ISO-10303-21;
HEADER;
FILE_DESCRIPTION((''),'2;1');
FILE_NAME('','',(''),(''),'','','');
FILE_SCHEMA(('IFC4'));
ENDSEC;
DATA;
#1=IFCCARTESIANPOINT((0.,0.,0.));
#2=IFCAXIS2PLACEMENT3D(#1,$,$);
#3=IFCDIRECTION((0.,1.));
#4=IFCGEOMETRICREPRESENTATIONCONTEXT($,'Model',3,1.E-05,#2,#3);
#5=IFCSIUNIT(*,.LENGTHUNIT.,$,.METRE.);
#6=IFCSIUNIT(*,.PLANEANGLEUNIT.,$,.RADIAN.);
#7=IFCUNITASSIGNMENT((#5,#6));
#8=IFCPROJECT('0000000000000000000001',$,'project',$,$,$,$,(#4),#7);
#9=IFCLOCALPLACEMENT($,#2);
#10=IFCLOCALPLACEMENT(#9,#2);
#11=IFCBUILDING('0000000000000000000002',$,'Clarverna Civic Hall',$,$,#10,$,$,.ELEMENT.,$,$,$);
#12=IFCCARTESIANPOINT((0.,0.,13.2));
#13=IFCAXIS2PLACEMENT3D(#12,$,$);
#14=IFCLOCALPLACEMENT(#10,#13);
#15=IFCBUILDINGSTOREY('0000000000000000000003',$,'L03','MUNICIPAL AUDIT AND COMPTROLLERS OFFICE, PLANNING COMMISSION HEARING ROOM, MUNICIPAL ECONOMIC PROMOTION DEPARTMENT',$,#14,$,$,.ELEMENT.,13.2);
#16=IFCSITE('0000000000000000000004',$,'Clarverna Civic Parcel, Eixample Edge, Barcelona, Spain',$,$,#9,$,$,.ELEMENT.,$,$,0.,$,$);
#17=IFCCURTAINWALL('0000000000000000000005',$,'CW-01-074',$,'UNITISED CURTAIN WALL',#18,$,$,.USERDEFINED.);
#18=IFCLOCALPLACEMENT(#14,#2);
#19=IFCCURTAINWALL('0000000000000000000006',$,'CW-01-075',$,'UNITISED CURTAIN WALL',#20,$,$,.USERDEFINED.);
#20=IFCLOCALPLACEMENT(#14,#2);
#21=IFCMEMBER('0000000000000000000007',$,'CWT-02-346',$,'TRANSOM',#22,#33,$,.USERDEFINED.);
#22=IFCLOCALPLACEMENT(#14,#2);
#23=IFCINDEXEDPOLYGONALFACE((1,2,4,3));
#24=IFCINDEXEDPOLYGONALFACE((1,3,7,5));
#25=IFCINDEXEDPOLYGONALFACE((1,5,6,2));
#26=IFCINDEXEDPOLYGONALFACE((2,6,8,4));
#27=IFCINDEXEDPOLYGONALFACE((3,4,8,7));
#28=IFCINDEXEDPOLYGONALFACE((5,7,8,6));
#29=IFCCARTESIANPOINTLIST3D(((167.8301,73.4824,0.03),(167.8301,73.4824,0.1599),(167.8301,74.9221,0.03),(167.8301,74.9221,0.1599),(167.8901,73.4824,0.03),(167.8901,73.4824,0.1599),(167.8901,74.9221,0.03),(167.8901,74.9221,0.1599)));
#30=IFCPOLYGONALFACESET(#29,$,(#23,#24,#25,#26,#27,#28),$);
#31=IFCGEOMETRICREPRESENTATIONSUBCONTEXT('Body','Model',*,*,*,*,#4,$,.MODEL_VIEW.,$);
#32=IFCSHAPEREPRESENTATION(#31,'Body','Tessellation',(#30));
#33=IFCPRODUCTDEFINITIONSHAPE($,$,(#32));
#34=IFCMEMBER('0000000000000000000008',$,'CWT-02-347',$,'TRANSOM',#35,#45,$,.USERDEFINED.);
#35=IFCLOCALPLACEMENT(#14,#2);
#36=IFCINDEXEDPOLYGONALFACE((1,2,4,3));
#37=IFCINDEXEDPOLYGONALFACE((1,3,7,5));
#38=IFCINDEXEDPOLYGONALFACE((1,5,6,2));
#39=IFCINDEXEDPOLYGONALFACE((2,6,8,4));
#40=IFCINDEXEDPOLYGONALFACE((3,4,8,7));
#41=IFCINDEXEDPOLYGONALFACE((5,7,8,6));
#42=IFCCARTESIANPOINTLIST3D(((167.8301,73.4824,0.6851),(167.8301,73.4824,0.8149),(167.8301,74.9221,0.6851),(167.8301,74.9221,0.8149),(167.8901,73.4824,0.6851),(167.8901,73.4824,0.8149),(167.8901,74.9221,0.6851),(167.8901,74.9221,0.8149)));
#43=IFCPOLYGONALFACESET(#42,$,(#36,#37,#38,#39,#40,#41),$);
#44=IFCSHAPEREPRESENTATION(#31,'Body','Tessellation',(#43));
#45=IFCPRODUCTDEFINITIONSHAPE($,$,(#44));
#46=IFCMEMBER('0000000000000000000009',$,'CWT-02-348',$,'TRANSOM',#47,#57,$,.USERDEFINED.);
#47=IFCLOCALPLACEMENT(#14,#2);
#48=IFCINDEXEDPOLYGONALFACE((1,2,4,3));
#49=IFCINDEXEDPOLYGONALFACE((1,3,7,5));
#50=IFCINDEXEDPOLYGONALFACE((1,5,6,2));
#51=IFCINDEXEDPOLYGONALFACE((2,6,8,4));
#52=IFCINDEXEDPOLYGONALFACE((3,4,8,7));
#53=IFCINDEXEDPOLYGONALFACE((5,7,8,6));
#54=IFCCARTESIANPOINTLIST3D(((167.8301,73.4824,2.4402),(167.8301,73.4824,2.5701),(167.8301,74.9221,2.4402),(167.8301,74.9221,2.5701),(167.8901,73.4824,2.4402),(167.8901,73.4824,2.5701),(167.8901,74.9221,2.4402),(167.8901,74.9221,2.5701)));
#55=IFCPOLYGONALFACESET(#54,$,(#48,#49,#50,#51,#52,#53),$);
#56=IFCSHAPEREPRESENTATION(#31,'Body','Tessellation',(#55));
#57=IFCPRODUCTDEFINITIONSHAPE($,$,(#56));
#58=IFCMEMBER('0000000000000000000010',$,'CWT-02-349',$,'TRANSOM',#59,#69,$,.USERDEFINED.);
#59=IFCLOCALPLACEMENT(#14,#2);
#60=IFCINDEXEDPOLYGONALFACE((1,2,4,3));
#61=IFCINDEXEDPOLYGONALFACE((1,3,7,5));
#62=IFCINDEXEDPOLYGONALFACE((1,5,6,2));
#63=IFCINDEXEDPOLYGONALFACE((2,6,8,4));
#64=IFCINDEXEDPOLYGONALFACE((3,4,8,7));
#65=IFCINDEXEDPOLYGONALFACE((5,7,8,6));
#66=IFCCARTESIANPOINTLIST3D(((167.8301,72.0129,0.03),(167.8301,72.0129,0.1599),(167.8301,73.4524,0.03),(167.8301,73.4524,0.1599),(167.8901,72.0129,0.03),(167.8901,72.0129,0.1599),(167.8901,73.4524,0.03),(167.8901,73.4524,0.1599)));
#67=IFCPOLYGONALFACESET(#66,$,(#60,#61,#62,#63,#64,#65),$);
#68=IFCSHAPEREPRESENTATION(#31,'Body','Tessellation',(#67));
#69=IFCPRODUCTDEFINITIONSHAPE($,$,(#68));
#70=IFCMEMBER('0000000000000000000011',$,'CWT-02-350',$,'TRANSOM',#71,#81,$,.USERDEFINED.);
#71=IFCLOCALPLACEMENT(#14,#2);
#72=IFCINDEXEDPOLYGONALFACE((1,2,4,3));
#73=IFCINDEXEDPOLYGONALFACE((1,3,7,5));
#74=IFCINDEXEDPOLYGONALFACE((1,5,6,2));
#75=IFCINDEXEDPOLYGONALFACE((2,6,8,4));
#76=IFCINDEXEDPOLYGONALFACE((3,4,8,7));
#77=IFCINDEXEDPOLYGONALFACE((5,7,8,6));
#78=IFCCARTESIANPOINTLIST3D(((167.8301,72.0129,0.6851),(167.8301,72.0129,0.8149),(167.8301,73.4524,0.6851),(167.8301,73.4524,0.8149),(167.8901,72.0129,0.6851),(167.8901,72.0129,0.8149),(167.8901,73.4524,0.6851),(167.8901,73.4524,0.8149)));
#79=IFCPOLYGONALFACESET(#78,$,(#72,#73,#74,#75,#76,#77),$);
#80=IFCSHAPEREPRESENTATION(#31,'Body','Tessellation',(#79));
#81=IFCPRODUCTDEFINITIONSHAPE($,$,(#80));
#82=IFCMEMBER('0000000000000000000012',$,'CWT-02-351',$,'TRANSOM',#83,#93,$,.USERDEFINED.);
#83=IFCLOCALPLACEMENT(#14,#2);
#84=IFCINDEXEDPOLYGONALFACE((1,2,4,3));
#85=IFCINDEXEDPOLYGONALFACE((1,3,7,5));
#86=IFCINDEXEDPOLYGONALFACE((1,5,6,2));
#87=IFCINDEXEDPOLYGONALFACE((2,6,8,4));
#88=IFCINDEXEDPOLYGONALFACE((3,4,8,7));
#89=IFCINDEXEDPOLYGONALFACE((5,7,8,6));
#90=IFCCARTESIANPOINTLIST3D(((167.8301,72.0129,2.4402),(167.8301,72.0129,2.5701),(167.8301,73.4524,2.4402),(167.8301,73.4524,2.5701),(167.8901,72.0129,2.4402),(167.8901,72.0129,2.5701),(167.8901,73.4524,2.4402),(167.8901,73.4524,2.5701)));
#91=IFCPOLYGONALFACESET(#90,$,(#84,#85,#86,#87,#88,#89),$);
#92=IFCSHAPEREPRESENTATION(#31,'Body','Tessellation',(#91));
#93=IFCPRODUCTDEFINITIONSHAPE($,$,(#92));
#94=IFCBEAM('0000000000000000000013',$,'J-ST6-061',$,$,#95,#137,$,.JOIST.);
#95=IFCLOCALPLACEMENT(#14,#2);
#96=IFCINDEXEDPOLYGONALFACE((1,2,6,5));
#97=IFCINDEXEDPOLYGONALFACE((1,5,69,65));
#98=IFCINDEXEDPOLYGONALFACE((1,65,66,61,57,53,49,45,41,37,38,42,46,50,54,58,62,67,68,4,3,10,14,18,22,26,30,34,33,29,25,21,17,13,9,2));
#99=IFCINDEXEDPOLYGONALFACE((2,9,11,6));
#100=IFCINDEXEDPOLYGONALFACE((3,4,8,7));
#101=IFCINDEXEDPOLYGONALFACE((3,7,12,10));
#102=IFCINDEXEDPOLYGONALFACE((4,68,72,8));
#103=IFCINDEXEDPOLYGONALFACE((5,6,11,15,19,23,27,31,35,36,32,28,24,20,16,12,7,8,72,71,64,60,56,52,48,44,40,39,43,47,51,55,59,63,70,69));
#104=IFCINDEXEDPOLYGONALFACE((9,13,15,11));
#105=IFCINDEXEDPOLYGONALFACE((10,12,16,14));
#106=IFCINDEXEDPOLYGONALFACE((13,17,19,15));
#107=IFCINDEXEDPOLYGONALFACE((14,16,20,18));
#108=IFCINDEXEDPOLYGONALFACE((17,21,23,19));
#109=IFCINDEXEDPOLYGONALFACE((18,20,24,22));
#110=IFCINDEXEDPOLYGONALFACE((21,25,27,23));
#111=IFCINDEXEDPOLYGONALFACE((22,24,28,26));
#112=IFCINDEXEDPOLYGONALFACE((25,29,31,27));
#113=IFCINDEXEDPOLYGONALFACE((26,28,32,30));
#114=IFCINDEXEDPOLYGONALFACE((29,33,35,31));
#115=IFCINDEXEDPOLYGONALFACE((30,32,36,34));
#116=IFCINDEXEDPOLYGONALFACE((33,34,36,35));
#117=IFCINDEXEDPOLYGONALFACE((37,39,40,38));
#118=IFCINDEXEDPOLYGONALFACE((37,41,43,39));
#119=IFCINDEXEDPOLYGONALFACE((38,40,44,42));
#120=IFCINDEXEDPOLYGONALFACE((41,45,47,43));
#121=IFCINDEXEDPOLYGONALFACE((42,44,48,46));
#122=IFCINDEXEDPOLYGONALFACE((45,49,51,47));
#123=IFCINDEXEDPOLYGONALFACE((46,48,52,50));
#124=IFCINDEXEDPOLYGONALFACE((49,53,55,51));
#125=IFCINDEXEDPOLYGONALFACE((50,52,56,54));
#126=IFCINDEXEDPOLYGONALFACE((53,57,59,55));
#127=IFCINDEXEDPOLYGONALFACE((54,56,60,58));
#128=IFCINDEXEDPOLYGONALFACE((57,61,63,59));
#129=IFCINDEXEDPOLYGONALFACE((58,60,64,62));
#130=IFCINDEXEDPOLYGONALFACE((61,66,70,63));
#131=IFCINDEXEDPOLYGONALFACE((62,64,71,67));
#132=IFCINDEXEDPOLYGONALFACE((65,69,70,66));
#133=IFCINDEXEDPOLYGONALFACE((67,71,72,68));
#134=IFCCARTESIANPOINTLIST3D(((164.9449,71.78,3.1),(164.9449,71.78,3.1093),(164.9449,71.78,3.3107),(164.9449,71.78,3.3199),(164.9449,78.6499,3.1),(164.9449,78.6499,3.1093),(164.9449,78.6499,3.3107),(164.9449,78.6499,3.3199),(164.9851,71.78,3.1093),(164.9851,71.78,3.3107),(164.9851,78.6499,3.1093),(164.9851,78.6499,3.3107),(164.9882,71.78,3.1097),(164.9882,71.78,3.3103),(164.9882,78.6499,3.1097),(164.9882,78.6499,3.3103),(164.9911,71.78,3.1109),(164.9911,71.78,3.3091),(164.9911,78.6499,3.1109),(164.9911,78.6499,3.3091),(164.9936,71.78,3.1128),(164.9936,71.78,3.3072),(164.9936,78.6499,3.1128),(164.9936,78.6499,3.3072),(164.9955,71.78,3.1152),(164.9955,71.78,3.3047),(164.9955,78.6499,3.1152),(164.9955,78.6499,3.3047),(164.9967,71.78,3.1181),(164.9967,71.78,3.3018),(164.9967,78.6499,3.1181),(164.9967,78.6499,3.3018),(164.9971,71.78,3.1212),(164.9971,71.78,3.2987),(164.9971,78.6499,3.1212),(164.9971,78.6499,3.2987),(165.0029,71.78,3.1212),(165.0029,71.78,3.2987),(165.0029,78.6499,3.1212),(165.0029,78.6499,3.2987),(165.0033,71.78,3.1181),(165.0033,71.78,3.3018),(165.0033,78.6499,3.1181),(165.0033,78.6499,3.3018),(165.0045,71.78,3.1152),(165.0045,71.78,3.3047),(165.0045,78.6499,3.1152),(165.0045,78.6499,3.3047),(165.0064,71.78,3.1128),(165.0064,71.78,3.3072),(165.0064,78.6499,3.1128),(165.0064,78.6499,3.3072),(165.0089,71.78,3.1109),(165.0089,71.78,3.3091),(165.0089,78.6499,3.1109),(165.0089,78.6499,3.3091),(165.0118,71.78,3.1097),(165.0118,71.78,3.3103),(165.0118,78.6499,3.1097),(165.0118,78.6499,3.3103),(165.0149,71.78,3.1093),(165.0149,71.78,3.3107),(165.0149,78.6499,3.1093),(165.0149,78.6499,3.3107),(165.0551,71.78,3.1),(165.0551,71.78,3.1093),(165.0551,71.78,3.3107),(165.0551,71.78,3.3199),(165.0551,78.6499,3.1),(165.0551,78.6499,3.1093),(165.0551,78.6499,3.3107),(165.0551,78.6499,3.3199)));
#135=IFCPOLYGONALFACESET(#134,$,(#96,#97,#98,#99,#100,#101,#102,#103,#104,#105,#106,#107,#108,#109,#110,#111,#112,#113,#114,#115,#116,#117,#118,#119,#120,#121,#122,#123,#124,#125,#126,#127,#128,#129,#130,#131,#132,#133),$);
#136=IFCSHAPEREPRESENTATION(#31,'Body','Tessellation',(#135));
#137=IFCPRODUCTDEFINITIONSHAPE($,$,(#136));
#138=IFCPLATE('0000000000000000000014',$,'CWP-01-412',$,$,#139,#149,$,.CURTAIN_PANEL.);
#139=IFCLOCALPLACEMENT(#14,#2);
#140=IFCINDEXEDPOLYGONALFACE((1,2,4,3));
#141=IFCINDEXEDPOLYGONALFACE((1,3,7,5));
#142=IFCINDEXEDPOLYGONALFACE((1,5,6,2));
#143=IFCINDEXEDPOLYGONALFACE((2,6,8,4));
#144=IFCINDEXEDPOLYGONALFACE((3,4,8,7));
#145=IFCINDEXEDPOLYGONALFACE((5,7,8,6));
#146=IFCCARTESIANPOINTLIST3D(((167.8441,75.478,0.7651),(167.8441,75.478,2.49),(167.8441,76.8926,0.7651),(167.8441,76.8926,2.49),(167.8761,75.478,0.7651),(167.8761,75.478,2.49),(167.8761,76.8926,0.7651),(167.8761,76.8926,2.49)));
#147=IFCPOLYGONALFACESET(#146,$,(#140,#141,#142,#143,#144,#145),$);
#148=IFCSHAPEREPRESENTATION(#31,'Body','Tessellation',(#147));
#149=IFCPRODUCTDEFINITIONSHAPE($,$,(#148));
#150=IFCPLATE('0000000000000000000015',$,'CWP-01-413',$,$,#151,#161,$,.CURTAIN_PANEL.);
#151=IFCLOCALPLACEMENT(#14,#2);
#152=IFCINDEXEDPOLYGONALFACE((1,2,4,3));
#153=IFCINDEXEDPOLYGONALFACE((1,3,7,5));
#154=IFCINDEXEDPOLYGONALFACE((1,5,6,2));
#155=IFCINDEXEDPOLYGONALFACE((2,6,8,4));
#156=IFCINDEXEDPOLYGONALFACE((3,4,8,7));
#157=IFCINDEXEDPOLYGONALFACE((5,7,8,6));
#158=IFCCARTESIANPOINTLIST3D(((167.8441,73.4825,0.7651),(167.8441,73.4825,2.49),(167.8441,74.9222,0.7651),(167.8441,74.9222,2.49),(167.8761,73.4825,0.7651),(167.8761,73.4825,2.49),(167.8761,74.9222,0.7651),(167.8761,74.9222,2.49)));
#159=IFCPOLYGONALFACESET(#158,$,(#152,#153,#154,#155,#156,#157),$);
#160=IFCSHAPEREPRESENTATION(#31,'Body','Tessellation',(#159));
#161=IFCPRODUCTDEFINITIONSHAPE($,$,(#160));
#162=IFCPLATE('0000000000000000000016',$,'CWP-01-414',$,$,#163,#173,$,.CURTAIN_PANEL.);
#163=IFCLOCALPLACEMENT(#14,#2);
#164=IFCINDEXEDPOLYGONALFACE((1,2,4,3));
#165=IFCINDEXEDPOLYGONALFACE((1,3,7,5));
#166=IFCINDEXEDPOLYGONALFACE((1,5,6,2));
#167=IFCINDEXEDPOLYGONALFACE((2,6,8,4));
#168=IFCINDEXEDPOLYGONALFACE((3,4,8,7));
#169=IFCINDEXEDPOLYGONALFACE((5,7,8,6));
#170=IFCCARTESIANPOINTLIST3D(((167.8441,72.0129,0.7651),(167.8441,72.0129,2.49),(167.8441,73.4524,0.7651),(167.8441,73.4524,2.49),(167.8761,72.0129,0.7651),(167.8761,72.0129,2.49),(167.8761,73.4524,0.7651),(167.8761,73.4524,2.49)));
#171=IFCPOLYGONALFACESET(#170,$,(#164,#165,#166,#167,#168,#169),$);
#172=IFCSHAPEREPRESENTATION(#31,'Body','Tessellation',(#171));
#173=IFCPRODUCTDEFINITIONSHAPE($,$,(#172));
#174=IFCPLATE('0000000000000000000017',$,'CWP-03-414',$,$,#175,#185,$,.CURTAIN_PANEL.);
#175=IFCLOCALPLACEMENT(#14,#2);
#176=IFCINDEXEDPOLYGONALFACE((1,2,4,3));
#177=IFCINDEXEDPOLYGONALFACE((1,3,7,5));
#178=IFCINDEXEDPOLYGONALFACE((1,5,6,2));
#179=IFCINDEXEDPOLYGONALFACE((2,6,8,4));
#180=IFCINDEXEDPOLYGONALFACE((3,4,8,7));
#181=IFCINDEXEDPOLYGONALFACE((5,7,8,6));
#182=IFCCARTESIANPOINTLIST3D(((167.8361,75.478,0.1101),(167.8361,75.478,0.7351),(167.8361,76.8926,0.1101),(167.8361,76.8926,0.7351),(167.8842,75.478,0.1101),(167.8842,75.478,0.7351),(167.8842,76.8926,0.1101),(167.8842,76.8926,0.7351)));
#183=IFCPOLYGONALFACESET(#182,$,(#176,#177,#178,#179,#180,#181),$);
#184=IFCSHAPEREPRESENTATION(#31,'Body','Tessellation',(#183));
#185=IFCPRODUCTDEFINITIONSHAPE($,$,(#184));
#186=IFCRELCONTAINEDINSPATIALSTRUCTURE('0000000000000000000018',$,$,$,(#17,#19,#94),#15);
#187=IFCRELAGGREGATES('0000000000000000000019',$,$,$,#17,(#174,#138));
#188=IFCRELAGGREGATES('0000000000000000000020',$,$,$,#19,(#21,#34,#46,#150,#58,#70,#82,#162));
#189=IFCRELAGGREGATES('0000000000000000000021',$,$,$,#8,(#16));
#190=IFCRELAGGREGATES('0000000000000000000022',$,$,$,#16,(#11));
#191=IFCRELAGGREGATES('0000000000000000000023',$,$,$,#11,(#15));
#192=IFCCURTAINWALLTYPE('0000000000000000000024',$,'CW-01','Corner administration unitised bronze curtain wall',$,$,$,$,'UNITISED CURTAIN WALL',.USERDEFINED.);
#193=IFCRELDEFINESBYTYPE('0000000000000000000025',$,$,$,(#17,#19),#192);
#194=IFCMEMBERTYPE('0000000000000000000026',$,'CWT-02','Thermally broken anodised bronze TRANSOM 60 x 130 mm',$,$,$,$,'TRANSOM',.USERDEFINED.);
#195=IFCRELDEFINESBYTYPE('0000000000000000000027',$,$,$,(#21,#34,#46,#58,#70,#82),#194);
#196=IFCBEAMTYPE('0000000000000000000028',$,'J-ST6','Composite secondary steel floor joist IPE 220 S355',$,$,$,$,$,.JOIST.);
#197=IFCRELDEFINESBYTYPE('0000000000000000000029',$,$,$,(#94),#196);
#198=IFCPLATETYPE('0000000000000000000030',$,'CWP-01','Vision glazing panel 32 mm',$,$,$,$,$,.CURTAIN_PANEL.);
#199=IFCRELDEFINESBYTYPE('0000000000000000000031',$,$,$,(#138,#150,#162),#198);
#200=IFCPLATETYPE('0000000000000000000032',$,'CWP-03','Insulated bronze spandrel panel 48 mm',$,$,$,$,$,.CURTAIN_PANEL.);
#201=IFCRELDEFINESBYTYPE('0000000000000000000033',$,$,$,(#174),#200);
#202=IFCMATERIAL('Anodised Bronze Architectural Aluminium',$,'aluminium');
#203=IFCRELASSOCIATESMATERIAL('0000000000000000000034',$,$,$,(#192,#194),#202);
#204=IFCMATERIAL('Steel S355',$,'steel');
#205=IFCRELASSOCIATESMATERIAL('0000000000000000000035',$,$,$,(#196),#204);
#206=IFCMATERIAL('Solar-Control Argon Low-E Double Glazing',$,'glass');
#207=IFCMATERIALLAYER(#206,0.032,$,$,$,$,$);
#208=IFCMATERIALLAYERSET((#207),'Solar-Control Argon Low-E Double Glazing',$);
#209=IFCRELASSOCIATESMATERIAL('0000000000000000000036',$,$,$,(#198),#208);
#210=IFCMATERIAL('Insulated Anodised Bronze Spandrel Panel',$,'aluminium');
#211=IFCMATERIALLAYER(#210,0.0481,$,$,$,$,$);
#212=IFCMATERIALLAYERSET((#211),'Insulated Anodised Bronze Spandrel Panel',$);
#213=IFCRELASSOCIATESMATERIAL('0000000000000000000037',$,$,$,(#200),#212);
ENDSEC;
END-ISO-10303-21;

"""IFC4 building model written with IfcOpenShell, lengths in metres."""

from ifc_helpers import new_model, si_unit, direction, frame, frame_2d, origin, origin_2d, place, context, subcontext, project, spatial, rectangle, i_section, extrude, material, layer, layer_set, material_profile, profile_set, type_object, element, aggregate, save


model = new_model("IFC4")

# Units and contexts
model_context = context("Model", 3, precision=1e-05, world=origin(), true_north=direction((0.0, 1.0)))
body_context = subcontext(model_context, "Body", "Model", "MODEL_VIEW")
ifc_project = project(units=[si_unit("LENGTHUNIT", "METRE"), si_unit("PLANEANGLEUNIT", "RADIAN")], contexts=[model_context])

# Site, building, storey
site_placement = place(None, origin())
site = spatial("IfcSite", under=ifc_project, at=site_placement, Name="Clarverna Civic Parcel, Eixample Edge, Barcelona, Spain", CompositionType="ELEMENT", RefElevation=0.0)
building_placement = place(site_placement, origin())
building = spatial("IfcBuilding", under=site, at=building_placement, Name="Clarverna Civic Hall", CompositionType="ELEMENT")
storey_placement = place(building_placement, frame((0.0, 0.0, 13.2)))
storey = spatial("IfcBuildingStorey", under=building, at=storey_placement, Name="L03", Description="MUNICIPAL AUDIT AND COMPTROLLERS OFFICE, PLANNING COMMISSION HEARING ROOM, MUNICIPAL ECONOMIC PROMOTION DEPARTMENT", CompositionType="ELEMENT", Elevation=13.2)

# Curtain wall
ifc_material_1 = material(Name="Anodised Bronze Architectural Aluminium", Category="aluminium")
curtain_wall_type = type_object("IfcCurtainWallType", Name="CW-01", Description="Corner administration unitised bronze curtain wall", ElementType="UNITISED CURTAIN WALL", PredefinedType="USERDEFINED", material=ifc_material_1)
curtain_wall_1_placement = place(storey_placement, origin())
curtain_wall_1 = element("IfcCurtainWall", 1, at=curtain_wall_1_placement, inside=storey, type_object=curtain_wall_type, Name="CW-01-074", ObjectType="UNITISED CURTAIN WALL", PredefinedType="USERDEFINED")

# Curtain wall
curtain_wall_2_placement = place(storey_placement, origin())
curtain_wall_2 = element("IfcCurtainWall", 2, at=curtain_wall_2_placement, inside=storey, type_object=curtain_wall_type, Name="CW-01-075", ObjectType="UNITISED CURTAIN WALL", PredefinedType="USERDEFINED")

# Members
ifc_material_profile_1 = material_profile(ifc_material_1, rectangle(XDim=0.0601, YDim=0.1299, at=origin_2d()), Name="BRONZE 60x130")
ifc_profile_set_1 = profile_set([ifc_material_profile_1], Name="Anodised Bronze Architectural Aluminium")
member_type_1 = type_object("IfcMemberType", Name="CWT-02", Description="Thermally broken anodised bronze TRANSOM 60 x 130 mm", ElementType="TRANSOM", PredefinedType="USERDEFINED", material=ifc_profile_set_1)
member_1_placement = place(storey_placement, frame((167.8601, 74.9221, 0.095), z_axis=(0.0, -1.0, 0.0), x_axis=(1.0, 0.0, 0.0)))
member_1 = element("IfcMember", 3, at=member_1_placement, type_object=member_type_1, Name="CWT-02-346", ObjectType="TRANSOM", PredefinedType="USERDEFINED", context=body_context, shape_type="SweptSolid", body=[
    extrude(rectangle(XDim=0.0601, YDim=0.1299, at=origin_2d()), origin(), (0.0, 0.0, 1.0), 1.4397),
])
member_2_placement = place(storey_placement, frame((167.8601, 74.9221, 0.75), z_axis=(0.0, -1.0, 0.0), x_axis=(1.0, 0.0, 0.0)))
member_2 = element("IfcMember", 4, at=member_2_placement, type_object=member_type_1, Name="CWT-02-347", ObjectType="TRANSOM", PredefinedType="USERDEFINED", context=body_context, shape_type="SweptSolid", body=[
    extrude(rectangle(XDim=0.0601, YDim=0.1299, at=origin_2d()), origin(), (0.0, 0.0, 1.0), 1.4397),
])
member_3_placement = place(storey_placement, frame((167.8601, 74.9221, 2.5051), z_axis=(0.0, -1.0, 0.0), x_axis=(1.0, 0.0, 0.0)))
member_3 = element("IfcMember", 5, at=member_3_placement, type_object=member_type_1, Name="CWT-02-348", ObjectType="TRANSOM", PredefinedType="USERDEFINED", context=body_context, shape_type="SweptSolid", body=[
    extrude(rectangle(XDim=0.0601, YDim=0.1299, at=origin_2d()), origin(), (0.0, 0.0, 1.0), 1.4397),
])
member_4_placement = place(storey_placement, frame((167.8601, 73.4524, 0.095), z_axis=(0.0, -1.0, 0.0), x_axis=(1.0, 0.0, 0.0)))
member_4 = element("IfcMember", 6, at=member_4_placement, type_object=member_type_1, Name="CWT-02-349", ObjectType="TRANSOM", PredefinedType="USERDEFINED", context=body_context, shape_type="SweptSolid", body=[
    extrude(rectangle(XDim=0.0601, YDim=0.1299, at=origin_2d()), origin(), (0.0, 0.0, 1.0), 1.4395),
])
member_5_placement = place(storey_placement, frame((167.8601, 73.4524, 0.75), z_axis=(0.0, -1.0, 0.0), x_axis=(1.0, 0.0, 0.0)))
member_5 = element("IfcMember", 7, at=member_5_placement, type_object=member_type_1, Name="CWT-02-350", ObjectType="TRANSOM", PredefinedType="USERDEFINED", context=body_context, shape_type="SweptSolid", body=[
    extrude(rectangle(XDim=0.0601, YDim=0.1299, at=origin_2d()), origin(), (0.0, 0.0, 1.0), 1.4395),
])
member_6_placement = place(storey_placement, frame((167.8601, 73.4524, 2.5051), z_axis=(0.0, -1.0, 0.0), x_axis=(1.0, 0.0, 0.0)))
member_6 = element("IfcMember", 8, at=member_6_placement, type_object=member_type_1, Name="CWT-02-351", ObjectType="TRANSOM", PredefinedType="USERDEFINED", context=body_context, shape_type="SweptSolid", body=[
    extrude(rectangle(XDim=0.0601, YDim=0.1299, at=origin_2d()), origin(), (0.0, 0.0, 1.0), 1.4395),
])

# Beam
ifc_material_2 = material(Name="Steel S355", Category="steel")
ifc_material_profile_2 = material_profile(ifc_material_2, i_section(OverallWidth=0.1101, OverallDepth=0.22, WebThickness=0.0059, FlangeThickness=0.0093, FilletRadius=0.012, at=origin_2d()), Name="IPE 220")
ifc_profile_set_2 = profile_set([ifc_material_profile_2], Name="Steel S355")
beam_type_1 = type_object("IfcBeamType", Name="J-ST6", Description="Composite secondary steel floor joist IPE 220 S355", PredefinedType="JOIST", material=ifc_profile_set_2)
beam_1_placement = place(storey_placement, frame((165.0, 71.78, 3.21), z_axis=(0.0, 1.0, 0.0), x_axis=(-1.0, 0.0, 0.0)))
element("IfcBeam", 9, at=beam_1_placement, inside=storey, type_object=beam_type_1, Name="J-ST6-061", PredefinedType="JOIST", context=body_context, shape_type="SweptSolid", body=[
    extrude(i_section(OverallWidth=0.1101, OverallDepth=0.22, WebThickness=0.0059, FlangeThickness=0.0093, FilletRadius=0.012, at=origin_2d()), origin(), (0.0, 0.0, 1.0), 6.8699),
])

# Plates
ifc_material_3 = material(Name="Solar-Control Argon Low-E Double Glazing", Category="glass")
ifc_layer_1 = layer(ifc_material_3, 0.032)
ifc_layer_set_1 = layer_set([ifc_layer_1], Name="Solar-Control Argon Low-E Double Glazing")
plate_type_1 = type_object("IfcPlateType", Name="CWP-01", Description="Vision glazing panel 32 mm", PredefinedType="CURTAIN_PANEL", material=ifc_layer_set_1)
plate_1_placement = place(storey_placement, frame((167.8601, 76.8926, 0.7651), z_axis=(0.0, 0.0, 1.0), x_axis=(0.0, -1.0, 0.0)))
plate_1 = element("IfcPlate", 10, at=plate_1_placement, type_object=plate_type_1, Name="CWP-01-412", PredefinedType="CURTAIN_PANEL", context=body_context, shape_type="SweptSolid", body=[
    extrude(rectangle(XDim=1.4146, YDim=0.032, at=frame_2d((0.7073, 0.0))), origin(), (0.0, 0.0, 1.0), 1.7249),
])
plate_2_placement = place(storey_placement, frame((167.8601, 74.9221, 0.7651), z_axis=(0.0, 0.0, 1.0), x_axis=(0.0, -1.0, 0.0)))
plate_2 = element("IfcPlate", 11, at=plate_2_placement, type_object=plate_type_1, Name="CWP-01-413", PredefinedType="CURTAIN_PANEL", context=body_context, shape_type="SweptSolid", body=[
    extrude(rectangle(XDim=1.4397, YDim=0.032, at=frame_2d((0.7197, 0.0))), origin(), (0.0, 0.0, 1.0), 1.7249),
])
plate_3_placement = place(storey_placement, frame((167.8601, 73.4524, 0.7651), z_axis=(0.0, 0.0, 1.0), x_axis=(0.0, -1.0, 0.0)))
plate_3 = element("IfcPlate", 12, at=plate_3_placement, type_object=plate_type_1, Name="CWP-01-414", PredefinedType="CURTAIN_PANEL", context=body_context, shape_type="SweptSolid", body=[
    extrude(rectangle(XDim=1.4395, YDim=0.032, at=frame_2d((0.7197, 0.0))), origin(), (0.0, 0.0, 1.0), 1.7249),
])
ifc_material_4 = material(Name="Insulated Anodised Bronze Spandrel Panel", Category="aluminium")
ifc_layer_2 = layer(ifc_material_4, 0.0481)
ifc_layer_set_2 = layer_set([ifc_layer_2], Name="Insulated Anodised Bronze Spandrel Panel")
plate_type_2 = type_object("IfcPlateType", Name="CWP-03", Description="Insulated bronze spandrel panel 48 mm", PredefinedType="CURTAIN_PANEL", material=ifc_layer_set_2)
plate_4_placement = place(storey_placement, frame((167.8601, 76.8926, 0.1101), z_axis=(0.0, 0.0, 1.0), x_axis=(0.0, -1.0, 0.0)))
plate_4 = element("IfcPlate", 13, at=plate_4_placement, type_object=plate_type_2, Name="CWP-03-414", PredefinedType="CURTAIN_PANEL", context=body_context, shape_type="SweptSolid", body=[
    extrude(rectangle(XDim=1.4146, YDim=0.0481, at=frame_2d((0.7073, 0.0))), origin(), (0.0, 0.0, 1.0), 0.625),
])
aggregate(curtain_wall_1, [plate_4, plate_1])
aggregate(curtain_wall_2, [member_1, member_2, member_3, plate_2, member_4, member_5, member_6, plate_3])

save(model, "model.ifc")
